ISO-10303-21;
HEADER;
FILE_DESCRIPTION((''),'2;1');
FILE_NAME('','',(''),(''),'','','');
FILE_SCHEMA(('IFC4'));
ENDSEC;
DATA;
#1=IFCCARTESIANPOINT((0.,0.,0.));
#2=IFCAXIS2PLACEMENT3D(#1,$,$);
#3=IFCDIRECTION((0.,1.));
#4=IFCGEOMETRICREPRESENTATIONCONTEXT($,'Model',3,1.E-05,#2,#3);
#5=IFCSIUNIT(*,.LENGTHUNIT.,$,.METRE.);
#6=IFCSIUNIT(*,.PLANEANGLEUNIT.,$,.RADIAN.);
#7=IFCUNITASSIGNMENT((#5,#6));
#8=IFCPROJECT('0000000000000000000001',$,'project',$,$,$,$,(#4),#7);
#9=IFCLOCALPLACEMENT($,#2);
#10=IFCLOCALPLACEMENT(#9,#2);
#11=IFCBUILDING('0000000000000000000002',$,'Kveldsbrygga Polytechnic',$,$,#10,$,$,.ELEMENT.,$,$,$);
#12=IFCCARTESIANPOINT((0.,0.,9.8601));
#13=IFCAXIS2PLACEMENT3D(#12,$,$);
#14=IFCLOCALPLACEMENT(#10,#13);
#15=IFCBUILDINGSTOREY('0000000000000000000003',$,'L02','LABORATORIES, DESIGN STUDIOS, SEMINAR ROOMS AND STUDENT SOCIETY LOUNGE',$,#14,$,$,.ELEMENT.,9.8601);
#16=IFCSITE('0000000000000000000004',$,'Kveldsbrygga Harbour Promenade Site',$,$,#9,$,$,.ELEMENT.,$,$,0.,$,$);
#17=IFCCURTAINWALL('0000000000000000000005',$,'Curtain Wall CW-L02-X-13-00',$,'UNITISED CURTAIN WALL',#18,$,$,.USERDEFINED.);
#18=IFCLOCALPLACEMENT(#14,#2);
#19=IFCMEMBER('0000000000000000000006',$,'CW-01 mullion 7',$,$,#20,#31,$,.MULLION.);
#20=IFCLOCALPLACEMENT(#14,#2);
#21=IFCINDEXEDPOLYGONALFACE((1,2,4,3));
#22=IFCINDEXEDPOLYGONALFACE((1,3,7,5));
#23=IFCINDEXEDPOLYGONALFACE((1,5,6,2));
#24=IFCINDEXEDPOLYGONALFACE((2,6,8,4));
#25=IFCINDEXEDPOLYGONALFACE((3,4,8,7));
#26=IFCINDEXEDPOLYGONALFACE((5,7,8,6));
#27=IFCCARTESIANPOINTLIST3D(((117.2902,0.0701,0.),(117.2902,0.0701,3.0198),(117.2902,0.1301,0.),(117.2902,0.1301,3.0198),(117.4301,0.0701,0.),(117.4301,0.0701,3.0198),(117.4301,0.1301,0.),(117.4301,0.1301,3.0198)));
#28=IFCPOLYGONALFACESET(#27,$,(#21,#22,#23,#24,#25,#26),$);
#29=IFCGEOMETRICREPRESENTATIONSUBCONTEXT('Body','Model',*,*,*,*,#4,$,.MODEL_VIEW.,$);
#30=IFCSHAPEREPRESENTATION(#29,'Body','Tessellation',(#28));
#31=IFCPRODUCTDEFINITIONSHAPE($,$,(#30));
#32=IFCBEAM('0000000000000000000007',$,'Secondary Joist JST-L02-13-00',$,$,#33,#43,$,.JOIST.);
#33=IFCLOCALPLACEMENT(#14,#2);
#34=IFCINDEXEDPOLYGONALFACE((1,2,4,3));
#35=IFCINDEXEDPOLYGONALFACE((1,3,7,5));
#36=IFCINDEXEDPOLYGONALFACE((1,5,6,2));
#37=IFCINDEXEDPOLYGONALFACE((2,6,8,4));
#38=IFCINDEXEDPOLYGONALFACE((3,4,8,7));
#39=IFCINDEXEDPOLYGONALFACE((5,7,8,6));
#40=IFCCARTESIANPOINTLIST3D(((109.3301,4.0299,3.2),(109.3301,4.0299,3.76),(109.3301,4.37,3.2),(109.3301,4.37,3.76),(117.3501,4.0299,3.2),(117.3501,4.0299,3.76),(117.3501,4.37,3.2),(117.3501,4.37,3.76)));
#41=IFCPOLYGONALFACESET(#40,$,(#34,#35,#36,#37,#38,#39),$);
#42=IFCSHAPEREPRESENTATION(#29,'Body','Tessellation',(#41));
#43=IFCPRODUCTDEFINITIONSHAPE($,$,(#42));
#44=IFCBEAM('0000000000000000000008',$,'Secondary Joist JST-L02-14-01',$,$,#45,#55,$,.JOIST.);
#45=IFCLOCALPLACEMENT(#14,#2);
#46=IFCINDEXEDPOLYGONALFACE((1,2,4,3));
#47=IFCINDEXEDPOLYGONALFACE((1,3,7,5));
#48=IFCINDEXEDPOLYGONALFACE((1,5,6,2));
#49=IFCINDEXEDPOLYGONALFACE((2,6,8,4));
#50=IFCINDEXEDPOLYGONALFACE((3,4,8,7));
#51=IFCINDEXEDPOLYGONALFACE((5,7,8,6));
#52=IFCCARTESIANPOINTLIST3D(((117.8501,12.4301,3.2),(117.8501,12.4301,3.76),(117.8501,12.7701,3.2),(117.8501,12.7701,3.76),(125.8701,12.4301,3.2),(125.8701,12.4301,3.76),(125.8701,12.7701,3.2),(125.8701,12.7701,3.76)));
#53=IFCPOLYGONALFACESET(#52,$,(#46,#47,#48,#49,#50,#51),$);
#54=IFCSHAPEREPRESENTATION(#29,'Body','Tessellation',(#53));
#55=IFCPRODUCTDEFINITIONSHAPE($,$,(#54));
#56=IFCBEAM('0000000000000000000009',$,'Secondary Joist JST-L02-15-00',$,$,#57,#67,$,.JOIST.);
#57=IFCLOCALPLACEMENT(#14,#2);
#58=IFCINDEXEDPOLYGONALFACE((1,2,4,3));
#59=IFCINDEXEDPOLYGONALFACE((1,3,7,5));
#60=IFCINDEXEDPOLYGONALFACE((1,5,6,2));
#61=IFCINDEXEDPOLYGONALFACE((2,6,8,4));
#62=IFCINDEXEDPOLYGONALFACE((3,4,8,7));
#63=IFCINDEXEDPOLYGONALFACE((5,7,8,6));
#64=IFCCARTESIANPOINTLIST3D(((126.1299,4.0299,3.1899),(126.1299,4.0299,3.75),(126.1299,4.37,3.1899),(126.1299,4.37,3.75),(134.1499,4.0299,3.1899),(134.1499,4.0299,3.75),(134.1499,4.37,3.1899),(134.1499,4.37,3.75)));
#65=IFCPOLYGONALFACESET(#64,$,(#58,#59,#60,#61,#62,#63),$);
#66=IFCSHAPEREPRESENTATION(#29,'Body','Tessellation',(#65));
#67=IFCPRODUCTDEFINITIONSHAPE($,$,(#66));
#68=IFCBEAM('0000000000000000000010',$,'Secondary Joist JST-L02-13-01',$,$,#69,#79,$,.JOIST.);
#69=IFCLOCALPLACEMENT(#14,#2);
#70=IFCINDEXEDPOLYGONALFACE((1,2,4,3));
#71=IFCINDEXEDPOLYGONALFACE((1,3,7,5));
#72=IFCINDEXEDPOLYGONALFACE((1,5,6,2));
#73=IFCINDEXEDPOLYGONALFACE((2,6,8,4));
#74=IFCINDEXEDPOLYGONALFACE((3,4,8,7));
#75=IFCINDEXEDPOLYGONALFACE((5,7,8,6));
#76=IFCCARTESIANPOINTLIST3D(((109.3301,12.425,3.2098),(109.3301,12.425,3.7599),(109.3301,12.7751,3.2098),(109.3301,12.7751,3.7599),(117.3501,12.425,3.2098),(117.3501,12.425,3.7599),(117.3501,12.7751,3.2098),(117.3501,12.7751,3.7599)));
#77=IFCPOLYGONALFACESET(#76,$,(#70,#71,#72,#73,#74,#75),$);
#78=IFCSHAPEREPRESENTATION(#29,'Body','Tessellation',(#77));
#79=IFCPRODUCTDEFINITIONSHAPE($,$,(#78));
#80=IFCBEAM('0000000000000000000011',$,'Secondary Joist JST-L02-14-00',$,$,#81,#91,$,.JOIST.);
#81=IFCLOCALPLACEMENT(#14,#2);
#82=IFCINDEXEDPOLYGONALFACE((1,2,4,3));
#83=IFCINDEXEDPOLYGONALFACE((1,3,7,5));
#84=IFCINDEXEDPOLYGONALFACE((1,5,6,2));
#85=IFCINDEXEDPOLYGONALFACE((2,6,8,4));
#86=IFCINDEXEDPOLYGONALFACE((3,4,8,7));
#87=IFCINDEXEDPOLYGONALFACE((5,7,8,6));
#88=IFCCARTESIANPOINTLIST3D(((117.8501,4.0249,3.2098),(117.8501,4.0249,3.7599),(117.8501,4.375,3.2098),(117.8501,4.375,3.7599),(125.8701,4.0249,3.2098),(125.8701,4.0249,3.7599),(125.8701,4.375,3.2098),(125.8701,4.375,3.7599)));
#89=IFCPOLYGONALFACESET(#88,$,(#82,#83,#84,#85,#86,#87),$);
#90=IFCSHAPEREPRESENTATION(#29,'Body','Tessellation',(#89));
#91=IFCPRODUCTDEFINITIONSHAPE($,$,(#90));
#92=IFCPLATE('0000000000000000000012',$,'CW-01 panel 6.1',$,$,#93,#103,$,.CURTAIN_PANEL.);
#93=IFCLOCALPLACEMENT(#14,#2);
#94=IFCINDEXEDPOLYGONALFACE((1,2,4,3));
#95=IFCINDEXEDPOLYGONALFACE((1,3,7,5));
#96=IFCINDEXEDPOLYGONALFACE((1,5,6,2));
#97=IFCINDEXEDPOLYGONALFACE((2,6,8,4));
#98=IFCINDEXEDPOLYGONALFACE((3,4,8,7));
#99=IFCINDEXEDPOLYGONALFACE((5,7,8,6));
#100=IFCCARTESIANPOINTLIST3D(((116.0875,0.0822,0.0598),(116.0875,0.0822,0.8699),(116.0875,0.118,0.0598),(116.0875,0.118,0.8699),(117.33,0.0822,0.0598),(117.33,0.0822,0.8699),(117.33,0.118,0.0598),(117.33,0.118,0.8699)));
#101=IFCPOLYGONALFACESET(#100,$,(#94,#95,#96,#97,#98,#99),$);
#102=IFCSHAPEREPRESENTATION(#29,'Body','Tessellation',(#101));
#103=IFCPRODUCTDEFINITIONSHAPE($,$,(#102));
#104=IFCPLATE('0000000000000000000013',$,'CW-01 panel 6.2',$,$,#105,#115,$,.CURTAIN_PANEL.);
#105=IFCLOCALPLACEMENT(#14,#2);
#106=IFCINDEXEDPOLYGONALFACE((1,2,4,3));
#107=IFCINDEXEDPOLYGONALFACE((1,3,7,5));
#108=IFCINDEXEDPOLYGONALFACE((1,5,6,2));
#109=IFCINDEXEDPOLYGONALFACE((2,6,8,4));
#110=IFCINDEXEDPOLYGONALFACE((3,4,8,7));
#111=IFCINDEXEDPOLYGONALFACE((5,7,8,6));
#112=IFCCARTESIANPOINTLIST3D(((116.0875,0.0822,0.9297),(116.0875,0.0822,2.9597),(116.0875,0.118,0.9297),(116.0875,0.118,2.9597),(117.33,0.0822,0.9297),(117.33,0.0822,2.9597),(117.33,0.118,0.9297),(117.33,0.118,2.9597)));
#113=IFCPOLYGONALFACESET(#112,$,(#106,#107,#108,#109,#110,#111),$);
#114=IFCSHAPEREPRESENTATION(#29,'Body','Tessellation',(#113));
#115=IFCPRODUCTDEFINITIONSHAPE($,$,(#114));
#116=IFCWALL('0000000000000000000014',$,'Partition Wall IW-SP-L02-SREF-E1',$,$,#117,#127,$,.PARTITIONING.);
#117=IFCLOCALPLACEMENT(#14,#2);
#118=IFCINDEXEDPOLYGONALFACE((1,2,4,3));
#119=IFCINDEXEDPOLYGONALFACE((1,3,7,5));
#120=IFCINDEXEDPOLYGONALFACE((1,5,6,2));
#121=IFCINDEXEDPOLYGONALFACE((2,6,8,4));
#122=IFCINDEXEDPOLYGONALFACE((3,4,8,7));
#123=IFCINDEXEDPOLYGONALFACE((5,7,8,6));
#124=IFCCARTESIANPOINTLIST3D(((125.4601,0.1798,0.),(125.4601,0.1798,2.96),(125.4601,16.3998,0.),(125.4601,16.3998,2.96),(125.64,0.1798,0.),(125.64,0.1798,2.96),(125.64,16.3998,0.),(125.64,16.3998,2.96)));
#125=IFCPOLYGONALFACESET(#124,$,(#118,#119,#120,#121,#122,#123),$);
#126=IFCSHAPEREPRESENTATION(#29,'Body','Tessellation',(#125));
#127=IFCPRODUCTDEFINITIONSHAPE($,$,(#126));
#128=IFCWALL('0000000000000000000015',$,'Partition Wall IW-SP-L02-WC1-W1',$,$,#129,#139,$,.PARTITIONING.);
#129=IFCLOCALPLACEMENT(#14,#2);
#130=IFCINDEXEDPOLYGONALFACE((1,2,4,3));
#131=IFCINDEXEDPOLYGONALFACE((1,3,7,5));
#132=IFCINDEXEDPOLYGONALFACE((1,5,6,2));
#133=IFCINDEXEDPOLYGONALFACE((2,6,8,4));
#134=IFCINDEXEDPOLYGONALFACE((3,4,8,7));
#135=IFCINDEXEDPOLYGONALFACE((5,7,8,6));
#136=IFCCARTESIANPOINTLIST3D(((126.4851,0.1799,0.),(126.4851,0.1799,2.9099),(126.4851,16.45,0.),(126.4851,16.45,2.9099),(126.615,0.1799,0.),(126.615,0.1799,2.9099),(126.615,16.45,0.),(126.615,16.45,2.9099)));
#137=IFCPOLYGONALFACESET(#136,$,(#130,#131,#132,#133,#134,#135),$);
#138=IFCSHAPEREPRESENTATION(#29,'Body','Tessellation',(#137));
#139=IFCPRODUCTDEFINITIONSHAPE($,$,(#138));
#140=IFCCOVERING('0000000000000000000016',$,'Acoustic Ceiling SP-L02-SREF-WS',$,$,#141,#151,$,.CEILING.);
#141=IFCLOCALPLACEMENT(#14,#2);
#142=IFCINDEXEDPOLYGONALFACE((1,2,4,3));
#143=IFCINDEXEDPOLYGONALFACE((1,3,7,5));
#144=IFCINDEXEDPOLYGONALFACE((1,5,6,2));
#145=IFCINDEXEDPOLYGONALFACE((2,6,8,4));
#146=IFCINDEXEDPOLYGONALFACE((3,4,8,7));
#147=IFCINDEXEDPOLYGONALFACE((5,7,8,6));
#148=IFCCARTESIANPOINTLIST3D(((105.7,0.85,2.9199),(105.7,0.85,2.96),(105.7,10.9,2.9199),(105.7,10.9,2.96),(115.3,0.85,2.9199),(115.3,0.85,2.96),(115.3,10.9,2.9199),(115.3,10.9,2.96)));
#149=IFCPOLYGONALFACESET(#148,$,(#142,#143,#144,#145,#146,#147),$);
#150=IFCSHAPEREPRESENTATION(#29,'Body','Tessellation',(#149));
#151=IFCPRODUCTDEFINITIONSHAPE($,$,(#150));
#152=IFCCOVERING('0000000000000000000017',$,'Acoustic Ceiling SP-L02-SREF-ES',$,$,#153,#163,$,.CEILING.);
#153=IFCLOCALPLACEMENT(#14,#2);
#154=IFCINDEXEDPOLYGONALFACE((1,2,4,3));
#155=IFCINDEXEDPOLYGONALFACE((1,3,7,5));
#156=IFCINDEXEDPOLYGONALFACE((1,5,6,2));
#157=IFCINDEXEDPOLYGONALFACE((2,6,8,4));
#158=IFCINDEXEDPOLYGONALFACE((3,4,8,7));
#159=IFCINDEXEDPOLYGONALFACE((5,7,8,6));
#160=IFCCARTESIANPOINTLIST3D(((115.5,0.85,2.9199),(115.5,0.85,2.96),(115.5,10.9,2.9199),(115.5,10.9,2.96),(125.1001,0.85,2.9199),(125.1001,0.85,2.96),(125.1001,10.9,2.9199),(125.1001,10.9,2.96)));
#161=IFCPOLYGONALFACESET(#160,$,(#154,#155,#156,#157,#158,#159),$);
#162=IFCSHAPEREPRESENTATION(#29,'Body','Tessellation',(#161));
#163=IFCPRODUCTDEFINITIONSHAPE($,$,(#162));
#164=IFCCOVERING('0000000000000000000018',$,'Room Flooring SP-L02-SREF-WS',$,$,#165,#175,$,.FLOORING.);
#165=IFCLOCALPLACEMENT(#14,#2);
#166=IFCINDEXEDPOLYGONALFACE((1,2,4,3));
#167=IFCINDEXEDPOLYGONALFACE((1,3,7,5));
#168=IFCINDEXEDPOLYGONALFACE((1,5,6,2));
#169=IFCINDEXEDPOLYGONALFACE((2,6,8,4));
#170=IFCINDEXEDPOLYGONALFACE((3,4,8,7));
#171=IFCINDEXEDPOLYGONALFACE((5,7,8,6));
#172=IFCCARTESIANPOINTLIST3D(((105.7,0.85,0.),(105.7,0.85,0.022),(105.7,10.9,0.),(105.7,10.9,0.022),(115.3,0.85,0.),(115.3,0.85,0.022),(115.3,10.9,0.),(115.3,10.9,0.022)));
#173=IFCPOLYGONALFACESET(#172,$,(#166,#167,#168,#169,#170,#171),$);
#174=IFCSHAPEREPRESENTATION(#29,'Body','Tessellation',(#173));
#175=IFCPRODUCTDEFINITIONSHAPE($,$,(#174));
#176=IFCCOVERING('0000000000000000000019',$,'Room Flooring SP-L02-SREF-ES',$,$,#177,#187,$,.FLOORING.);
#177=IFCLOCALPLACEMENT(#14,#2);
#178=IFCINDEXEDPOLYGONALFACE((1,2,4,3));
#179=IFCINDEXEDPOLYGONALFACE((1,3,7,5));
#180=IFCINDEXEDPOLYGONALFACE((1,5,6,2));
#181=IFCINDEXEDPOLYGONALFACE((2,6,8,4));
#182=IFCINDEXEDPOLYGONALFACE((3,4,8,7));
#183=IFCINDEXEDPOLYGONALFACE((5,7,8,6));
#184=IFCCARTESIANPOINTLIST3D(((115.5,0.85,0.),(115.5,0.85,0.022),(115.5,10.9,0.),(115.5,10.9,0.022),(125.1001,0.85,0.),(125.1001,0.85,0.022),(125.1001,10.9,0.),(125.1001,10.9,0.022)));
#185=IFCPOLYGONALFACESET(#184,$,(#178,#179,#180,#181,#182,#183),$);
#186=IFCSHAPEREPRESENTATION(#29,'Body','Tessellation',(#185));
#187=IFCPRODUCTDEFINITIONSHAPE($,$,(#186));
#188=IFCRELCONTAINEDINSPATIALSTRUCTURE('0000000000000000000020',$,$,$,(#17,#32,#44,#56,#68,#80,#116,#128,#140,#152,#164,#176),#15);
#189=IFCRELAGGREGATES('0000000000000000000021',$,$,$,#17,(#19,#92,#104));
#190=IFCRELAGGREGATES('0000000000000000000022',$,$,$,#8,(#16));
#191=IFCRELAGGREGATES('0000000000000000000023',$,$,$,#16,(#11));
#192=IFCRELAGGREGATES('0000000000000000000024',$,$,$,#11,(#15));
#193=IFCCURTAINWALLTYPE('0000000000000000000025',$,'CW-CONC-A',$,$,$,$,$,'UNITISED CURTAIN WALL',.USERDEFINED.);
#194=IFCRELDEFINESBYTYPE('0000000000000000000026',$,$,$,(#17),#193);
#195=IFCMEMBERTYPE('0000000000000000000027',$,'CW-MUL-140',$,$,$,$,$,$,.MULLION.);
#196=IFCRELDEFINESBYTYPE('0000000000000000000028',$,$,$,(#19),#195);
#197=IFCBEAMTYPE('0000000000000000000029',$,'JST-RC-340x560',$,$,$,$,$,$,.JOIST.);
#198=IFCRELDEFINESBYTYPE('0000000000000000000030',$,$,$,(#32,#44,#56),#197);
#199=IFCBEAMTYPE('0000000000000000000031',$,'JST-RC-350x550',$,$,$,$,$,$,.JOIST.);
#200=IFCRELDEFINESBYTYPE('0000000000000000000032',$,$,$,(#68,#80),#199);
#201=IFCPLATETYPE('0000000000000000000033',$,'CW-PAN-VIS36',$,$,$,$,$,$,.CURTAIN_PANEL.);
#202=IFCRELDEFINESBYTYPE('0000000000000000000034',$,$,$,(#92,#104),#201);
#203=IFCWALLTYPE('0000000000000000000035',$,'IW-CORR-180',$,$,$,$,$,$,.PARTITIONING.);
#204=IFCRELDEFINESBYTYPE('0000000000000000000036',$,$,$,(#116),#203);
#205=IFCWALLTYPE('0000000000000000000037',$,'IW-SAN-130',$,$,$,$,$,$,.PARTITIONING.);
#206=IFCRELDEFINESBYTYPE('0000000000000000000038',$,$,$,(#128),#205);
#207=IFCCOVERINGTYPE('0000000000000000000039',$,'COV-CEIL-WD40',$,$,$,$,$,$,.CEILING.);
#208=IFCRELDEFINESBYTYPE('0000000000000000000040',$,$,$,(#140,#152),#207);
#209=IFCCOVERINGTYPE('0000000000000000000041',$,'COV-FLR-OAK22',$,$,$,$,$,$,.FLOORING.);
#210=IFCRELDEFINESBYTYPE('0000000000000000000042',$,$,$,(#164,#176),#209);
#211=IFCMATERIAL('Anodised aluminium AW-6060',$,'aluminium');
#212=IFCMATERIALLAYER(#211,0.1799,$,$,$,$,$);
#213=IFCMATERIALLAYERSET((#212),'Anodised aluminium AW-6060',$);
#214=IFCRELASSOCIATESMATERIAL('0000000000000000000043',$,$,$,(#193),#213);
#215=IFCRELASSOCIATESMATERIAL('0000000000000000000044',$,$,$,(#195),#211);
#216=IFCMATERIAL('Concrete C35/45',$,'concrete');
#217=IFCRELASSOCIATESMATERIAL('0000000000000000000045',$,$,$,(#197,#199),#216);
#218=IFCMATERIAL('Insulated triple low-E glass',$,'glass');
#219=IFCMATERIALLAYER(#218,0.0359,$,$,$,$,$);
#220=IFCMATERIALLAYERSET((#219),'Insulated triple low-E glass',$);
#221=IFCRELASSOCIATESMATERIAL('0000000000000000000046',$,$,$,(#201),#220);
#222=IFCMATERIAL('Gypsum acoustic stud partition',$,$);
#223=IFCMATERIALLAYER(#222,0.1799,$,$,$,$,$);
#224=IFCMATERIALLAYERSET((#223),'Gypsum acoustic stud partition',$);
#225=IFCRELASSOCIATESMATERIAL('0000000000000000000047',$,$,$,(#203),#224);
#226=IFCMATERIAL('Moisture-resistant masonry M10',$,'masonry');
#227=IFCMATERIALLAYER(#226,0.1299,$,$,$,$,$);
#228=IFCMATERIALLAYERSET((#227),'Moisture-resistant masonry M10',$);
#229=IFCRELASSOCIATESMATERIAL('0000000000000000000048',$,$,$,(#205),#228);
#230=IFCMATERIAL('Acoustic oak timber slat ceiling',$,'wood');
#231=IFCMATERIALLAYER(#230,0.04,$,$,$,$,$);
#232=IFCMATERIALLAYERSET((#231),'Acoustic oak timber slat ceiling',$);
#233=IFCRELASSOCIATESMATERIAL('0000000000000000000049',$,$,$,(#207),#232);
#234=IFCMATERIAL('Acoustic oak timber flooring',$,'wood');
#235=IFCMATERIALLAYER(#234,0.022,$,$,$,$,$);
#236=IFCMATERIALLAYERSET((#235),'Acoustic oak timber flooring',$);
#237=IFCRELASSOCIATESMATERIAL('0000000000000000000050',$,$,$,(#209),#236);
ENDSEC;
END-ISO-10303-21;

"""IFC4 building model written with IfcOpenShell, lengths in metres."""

from ifc_helpers import new_model, si_unit, direction, frame, frame_2d, origin, origin_2d, place, context, subcontext, project, spatial, rectangle, extrude, material, layer, layer_set, material_profile, profile_set, type_object, element, aggregate, save


model = new_model("IFC4")

# Units and contexts
model_context = context("Model", 3, precision=1e-05, world=origin(), true_north=direction((0.0, 1.0)))
body_context = subcontext(model_context, "Body", "Model", "MODEL_VIEW")
ifc_project = project(units=[si_unit("LENGTHUNIT", "METRE"), si_unit("PLANEANGLEUNIT", "RADIAN")], contexts=[model_context])

# Site, building, storey
site_placement = place(None, origin())
site = spatial("IfcSite", under=ifc_project, at=site_placement, Name="Kveldsbrygga Harbour Promenade Site", CompositionType="ELEMENT", RefElevation=0.0)
building_placement = place(site_placement, origin())
building = spatial("IfcBuilding", under=site, at=building_placement, Name="Kveldsbrygga Polytechnic", CompositionType="ELEMENT")
storey_placement = place(building_placement, frame((0.0, 0.0, 9.8601)))
storey = spatial("IfcBuildingStorey", under=building, at=storey_placement, Name="L02", Description="LABORATORIES, DESIGN STUDIOS, SEMINAR ROOMS AND STUDENT SOCIETY LOUNGE", CompositionType="ELEMENT", Elevation=9.8601)

# Shared definitions
ifc_material_1 = material(Name="Concrete C35/45", Category="concrete")

# Curtain wall, member
ifc_material_2 = material(Name="Anodised aluminium AW-6060", Category="aluminium")
ifc_layer_1 = layer(ifc_material_2, 0.1799)
ifc_layer_set_1 = layer_set([ifc_layer_1], Name="Anodised aluminium AW-6060")
curtain_wall_type = type_object("IfcCurtainWallType", Name="CW-CONC-A", ElementType="UNITISED CURTAIN WALL", PredefinedType="USERDEFINED", material=ifc_layer_set_1)
curtain_wall_placement = place(storey_placement, origin())
curtain_wall = element("IfcCurtainWall", 1, at=curtain_wall_placement, inside=storey, type_object=curtain_wall_type, Name="Curtain Wall CW-L02-X-13-00", ObjectType="UNITISED CURTAIN WALL", PredefinedType="USERDEFINED")
ifc_material_profile_1 = material_profile(ifc_material_2, rectangle(XDim=0.0601, YDim=0.1399, at=origin_2d()), Name="ALU 60x140")
ifc_profile_set_1 = profile_set([ifc_material_profile_1], Name="Anodised aluminium AW-6060")
member_type = type_object("IfcMemberType", Name="CW-MUL-140", PredefinedType="MULLION", material=ifc_profile_set_1)
member_placement = place(storey_placement, frame((117.3601, 0.1001, 0.0), z_axis=(0.0, 0.0, 1.0), x_axis=(0.0, 1.0, 0.0)))
member = element("IfcMember", 2, at=member_placement, type_object=member_type, Name="CW-01 mullion 7", PredefinedType="MULLION", context=body_context, shape_type="SweptSolid", body=[
    extrude(rectangle(XDim=0.0601, YDim=0.1399, at=origin_2d()), origin(), (0.0, 0.0, 1.0), 3.0198),
])

# Beams
ifc_material_profile_2 = material_profile(ifc_material_1, rectangle(XDim=0.3401, YDim=0.5601, at=origin_2d()), Name="RC 340x560")
ifc_profile_set_2 = profile_set([ifc_material_profile_2], Name="Concrete C35/45")
beam_type_1 = type_object("IfcBeamType", Name="JST-RC-340x560", PredefinedType="JOIST", material=ifc_profile_set_2)
for number, where, z_axis, x_axis, name in (
    (3, (109.3301, 4.2, 3.48), (1.0, 0.0, 0.0), (0.0, 1.0, 0.0), "Secondary Joist JST-L02-13-00"),
    (4, (117.8501, 12.6001, 3.48), (1.0, 0.0, 0.0), (0.0, 1.0, 0.0), "Secondary Joist JST-L02-14-01"),
    (5, (126.1299, 4.2, 3.47), (1.0, 0.0, 0.0), (0.0, 1.0, 0.0), "Secondary Joist JST-L02-15-00"),
):
    element("IfcBeam", number, at=place(storey_placement, frame(where, z_axis=z_axis, x_axis=x_axis)), inside=storey, type_object=beam_type_1, Name=name, PredefinedType="JOIST", context=body_context, shape_type="SweptSolid", body=[
        extrude(rectangle(XDim=0.3401, YDim=0.5601, at=origin_2d()), origin(), (0.0, 0.0, 1.0), 8.02),
    ])
ifc_material_profile_3 = material_profile(ifc_material_1, rectangle(XDim=0.3501, YDim=0.55, at=origin_2d()), Name="RC 350x550")
ifc_profile_set_3 = profile_set([ifc_material_profile_3], Name="Concrete C35/45")
beam_type_2 = type_object("IfcBeamType", Name="JST-RC-350x550", PredefinedType="JOIST", material=ifc_profile_set_3)
for number, where, z_axis, x_axis, name in (
    (6, (109.3301, 12.6001, 3.4849), (1.0, 0.0, 0.0), (0.0, 1.0, 0.0), "Secondary Joist JST-L02-13-01"),
    (7, (117.8501, 4.2, 3.4849), (1.0, 0.0, 0.0), (0.0, 1.0, 0.0), "Secondary Joist JST-L02-14-00"),
):
    element("IfcBeam", number, at=place(storey_placement, frame(where, z_axis=z_axis, x_axis=x_axis)), inside=storey, type_object=beam_type_2, Name=name, PredefinedType="JOIST", context=body_context, shape_type="SweptSolid", body=[
        extrude(rectangle(XDim=0.3501, YDim=0.55, at=origin_2d()), origin(), (0.0, 0.0, 1.0), 8.02),
    ])

# Plates
ifc_material_3 = material(Name="Insulated triple low-E glass", Category="glass")
ifc_layer_2 = layer(ifc_material_3, 0.0359)
ifc_layer_set_2 = layer_set([ifc_layer_2], Name="Insulated triple low-E glass")
plate_type = type_object("IfcPlateType", Name="CW-PAN-VIS36", PredefinedType="CURTAIN_PANEL", material=ifc_layer_set_2)
plate_1_placement = place(storey_placement, frame((116.7087, 0.1001, 0.0598), z_axis=(0.0, 0.0, 1.0), x_axis=(1.0, 0.0, 0.0)))
plate_1 = element("IfcPlate", 8, at=plate_1_placement, type_object=plate_type, Name="CW-01 panel 6.1", PredefinedType="CURTAIN_PANEL", context=body_context, shape_type="SweptSolid", body=[
    extrude(rectangle(XDim=1.2424, YDim=0.0359, at=origin_2d()), origin(), (0.0, 0.0, 1.0), 0.8101),
])
plate_2_placement = place(storey_placement, frame((116.7087, 0.1001, 0.9297), z_axis=(0.0, 0.0, 1.0), x_axis=(1.0, 0.0, 0.0)))
plate_2 = element("IfcPlate", 9, at=plate_2_placement, type_object=plate_type, Name="CW-01 panel 6.2", PredefinedType="CURTAIN_PANEL", context=body_context, shape_type="SweptSolid", body=[
    extrude(rectangle(XDim=1.2424, YDim=0.0359, at=origin_2d()), origin(), (0.0, 0.0, 1.0), 2.03),
])
aggregate(curtain_wall, [member, plate_1, plate_2])

# Walls
ifc_material_4 = material(Name="Gypsum acoustic stud partition")
ifc_layer_3 = layer(ifc_material_4, 0.1799)
ifc_layer_set_3 = layer_set([ifc_layer_3], Name="Gypsum acoustic stud partition")
wall_type_1 = type_object("IfcWallType", Name="IW-CORR-180", PredefinedType="PARTITIONING", material=ifc_layer_set_3)
wall_1_placement = place(storey_placement, frame((125.55, 0.1799, 0.0), z_axis=(0.0, 0.0, 1.0), x_axis=(0.0, 1.0, 0.0)))
element("IfcWall", 10, at=wall_1_placement, inside=storey, type_object=wall_type_1, Name="Partition Wall IW-SP-L02-SREF-E1", PredefinedType="PARTITIONING", context=body_context, shape_type="SweptSolid", body=[
    extrude(rectangle(XDim=16.22, YDim=0.1799, at=frame_2d((8.1099, 0.0))), origin(), (0.0, 0.0, 1.0), 2.96),
])
ifc_material_5 = material(Name="Moisture-resistant masonry M10", Category="masonry")
ifc_layer_4 = layer(ifc_material_5, 0.1299)
ifc_layer_set_4 = layer_set([ifc_layer_4], Name="Moisture-resistant masonry M10")
wall_type_2 = type_object("IfcWallType", Name="IW-SAN-130", PredefinedType="PARTITIONING", material=ifc_layer_set_4)
wall_2_placement = place(storey_placement, frame((126.55, 0.1799, 0.0), z_axis=(0.0, 0.0, 1.0), x_axis=(0.0, 1.0, 0.0)))
element("IfcWall", 11, at=wall_2_placement, inside=storey, type_object=wall_type_2, Name="Partition Wall IW-SP-L02-WC1-W1", PredefinedType="PARTITIONING", context=body_context, shape_type="SweptSolid", body=[
    extrude(rectangle(XDim=16.27, YDim=0.1299, at=frame_2d((8.135, 0.0))), origin(), (0.0, 0.0, 1.0), 2.9099),
])

# Coverings
ifc_material_6 = material(Name="Acoustic oak timber slat ceiling", Category="wood")
ifc_layer_5 = layer(ifc_material_6, 0.04)
ifc_layer_set_5 = layer_set([ifc_layer_5], Name="Acoustic oak timber slat ceiling")
covering_type_1 = type_object("IfcCoveringType", Name="COV-CEIL-WD40", PredefinedType="CEILING", material=ifc_layer_set_5)
for number, where, z_axis, x_axis, name in (
    (12, (110.5, 5.875, 2.9199), (0.0, 0.0, 1.0), (1.0, 0.0, 0.0), "Acoustic Ceiling SP-L02-SREF-WS"),
    (13, (120.3, 5.875, 2.9199), (0.0, 0.0, 1.0), (1.0, 0.0, 0.0), "Acoustic Ceiling SP-L02-SREF-ES"),
):
    element("IfcCovering", number, at=place(storey_placement, frame(where, z_axis=z_axis, x_axis=x_axis)), inside=storey, type_object=covering_type_1, Name=name, PredefinedType="CEILING", context=body_context, shape_type="SweptSolid", body=[
        extrude(rectangle(XDim=9.6001, YDim=10.05, at=origin_2d()), origin(), (0.0, 0.0, 1.0), 0.04),
    ])
ifc_material_7 = material(Name="Acoustic oak timber flooring", Category="wood")
ifc_layer_6 = layer(ifc_material_7, 0.022)
ifc_layer_set_6 = layer_set([ifc_layer_6], Name="Acoustic oak timber flooring")
covering_type_2 = type_object("IfcCoveringType", Name="COV-FLR-OAK22", PredefinedType="FLOORING", material=ifc_layer_set_6)
for number, where, z_axis, x_axis, name in (
    (14, (110.5, 5.875, 0.0), (0.0, 0.0, 1.0), (1.0, 0.0, 0.0), "Room Flooring SP-L02-SREF-WS"),
    (15, (120.3, 5.875, 0.0), (0.0, 0.0, 1.0), (1.0, 0.0, 0.0), "Room Flooring SP-L02-SREF-ES"),
):
    element("IfcCovering", number, at=place(storey_placement, frame(where, z_axis=z_axis, x_axis=x_axis)), inside=storey, type_object=covering_type_2, Name=name, PredefinedType="FLOORING", context=body_context, shape_type="SweptSolid", body=[
        extrude(rectangle(XDim=9.6001, YDim=10.05, at=origin_2d()), origin(), (0.0, 0.0, 1.0), 0.022),
    ])

save(model, "model.ifc")
